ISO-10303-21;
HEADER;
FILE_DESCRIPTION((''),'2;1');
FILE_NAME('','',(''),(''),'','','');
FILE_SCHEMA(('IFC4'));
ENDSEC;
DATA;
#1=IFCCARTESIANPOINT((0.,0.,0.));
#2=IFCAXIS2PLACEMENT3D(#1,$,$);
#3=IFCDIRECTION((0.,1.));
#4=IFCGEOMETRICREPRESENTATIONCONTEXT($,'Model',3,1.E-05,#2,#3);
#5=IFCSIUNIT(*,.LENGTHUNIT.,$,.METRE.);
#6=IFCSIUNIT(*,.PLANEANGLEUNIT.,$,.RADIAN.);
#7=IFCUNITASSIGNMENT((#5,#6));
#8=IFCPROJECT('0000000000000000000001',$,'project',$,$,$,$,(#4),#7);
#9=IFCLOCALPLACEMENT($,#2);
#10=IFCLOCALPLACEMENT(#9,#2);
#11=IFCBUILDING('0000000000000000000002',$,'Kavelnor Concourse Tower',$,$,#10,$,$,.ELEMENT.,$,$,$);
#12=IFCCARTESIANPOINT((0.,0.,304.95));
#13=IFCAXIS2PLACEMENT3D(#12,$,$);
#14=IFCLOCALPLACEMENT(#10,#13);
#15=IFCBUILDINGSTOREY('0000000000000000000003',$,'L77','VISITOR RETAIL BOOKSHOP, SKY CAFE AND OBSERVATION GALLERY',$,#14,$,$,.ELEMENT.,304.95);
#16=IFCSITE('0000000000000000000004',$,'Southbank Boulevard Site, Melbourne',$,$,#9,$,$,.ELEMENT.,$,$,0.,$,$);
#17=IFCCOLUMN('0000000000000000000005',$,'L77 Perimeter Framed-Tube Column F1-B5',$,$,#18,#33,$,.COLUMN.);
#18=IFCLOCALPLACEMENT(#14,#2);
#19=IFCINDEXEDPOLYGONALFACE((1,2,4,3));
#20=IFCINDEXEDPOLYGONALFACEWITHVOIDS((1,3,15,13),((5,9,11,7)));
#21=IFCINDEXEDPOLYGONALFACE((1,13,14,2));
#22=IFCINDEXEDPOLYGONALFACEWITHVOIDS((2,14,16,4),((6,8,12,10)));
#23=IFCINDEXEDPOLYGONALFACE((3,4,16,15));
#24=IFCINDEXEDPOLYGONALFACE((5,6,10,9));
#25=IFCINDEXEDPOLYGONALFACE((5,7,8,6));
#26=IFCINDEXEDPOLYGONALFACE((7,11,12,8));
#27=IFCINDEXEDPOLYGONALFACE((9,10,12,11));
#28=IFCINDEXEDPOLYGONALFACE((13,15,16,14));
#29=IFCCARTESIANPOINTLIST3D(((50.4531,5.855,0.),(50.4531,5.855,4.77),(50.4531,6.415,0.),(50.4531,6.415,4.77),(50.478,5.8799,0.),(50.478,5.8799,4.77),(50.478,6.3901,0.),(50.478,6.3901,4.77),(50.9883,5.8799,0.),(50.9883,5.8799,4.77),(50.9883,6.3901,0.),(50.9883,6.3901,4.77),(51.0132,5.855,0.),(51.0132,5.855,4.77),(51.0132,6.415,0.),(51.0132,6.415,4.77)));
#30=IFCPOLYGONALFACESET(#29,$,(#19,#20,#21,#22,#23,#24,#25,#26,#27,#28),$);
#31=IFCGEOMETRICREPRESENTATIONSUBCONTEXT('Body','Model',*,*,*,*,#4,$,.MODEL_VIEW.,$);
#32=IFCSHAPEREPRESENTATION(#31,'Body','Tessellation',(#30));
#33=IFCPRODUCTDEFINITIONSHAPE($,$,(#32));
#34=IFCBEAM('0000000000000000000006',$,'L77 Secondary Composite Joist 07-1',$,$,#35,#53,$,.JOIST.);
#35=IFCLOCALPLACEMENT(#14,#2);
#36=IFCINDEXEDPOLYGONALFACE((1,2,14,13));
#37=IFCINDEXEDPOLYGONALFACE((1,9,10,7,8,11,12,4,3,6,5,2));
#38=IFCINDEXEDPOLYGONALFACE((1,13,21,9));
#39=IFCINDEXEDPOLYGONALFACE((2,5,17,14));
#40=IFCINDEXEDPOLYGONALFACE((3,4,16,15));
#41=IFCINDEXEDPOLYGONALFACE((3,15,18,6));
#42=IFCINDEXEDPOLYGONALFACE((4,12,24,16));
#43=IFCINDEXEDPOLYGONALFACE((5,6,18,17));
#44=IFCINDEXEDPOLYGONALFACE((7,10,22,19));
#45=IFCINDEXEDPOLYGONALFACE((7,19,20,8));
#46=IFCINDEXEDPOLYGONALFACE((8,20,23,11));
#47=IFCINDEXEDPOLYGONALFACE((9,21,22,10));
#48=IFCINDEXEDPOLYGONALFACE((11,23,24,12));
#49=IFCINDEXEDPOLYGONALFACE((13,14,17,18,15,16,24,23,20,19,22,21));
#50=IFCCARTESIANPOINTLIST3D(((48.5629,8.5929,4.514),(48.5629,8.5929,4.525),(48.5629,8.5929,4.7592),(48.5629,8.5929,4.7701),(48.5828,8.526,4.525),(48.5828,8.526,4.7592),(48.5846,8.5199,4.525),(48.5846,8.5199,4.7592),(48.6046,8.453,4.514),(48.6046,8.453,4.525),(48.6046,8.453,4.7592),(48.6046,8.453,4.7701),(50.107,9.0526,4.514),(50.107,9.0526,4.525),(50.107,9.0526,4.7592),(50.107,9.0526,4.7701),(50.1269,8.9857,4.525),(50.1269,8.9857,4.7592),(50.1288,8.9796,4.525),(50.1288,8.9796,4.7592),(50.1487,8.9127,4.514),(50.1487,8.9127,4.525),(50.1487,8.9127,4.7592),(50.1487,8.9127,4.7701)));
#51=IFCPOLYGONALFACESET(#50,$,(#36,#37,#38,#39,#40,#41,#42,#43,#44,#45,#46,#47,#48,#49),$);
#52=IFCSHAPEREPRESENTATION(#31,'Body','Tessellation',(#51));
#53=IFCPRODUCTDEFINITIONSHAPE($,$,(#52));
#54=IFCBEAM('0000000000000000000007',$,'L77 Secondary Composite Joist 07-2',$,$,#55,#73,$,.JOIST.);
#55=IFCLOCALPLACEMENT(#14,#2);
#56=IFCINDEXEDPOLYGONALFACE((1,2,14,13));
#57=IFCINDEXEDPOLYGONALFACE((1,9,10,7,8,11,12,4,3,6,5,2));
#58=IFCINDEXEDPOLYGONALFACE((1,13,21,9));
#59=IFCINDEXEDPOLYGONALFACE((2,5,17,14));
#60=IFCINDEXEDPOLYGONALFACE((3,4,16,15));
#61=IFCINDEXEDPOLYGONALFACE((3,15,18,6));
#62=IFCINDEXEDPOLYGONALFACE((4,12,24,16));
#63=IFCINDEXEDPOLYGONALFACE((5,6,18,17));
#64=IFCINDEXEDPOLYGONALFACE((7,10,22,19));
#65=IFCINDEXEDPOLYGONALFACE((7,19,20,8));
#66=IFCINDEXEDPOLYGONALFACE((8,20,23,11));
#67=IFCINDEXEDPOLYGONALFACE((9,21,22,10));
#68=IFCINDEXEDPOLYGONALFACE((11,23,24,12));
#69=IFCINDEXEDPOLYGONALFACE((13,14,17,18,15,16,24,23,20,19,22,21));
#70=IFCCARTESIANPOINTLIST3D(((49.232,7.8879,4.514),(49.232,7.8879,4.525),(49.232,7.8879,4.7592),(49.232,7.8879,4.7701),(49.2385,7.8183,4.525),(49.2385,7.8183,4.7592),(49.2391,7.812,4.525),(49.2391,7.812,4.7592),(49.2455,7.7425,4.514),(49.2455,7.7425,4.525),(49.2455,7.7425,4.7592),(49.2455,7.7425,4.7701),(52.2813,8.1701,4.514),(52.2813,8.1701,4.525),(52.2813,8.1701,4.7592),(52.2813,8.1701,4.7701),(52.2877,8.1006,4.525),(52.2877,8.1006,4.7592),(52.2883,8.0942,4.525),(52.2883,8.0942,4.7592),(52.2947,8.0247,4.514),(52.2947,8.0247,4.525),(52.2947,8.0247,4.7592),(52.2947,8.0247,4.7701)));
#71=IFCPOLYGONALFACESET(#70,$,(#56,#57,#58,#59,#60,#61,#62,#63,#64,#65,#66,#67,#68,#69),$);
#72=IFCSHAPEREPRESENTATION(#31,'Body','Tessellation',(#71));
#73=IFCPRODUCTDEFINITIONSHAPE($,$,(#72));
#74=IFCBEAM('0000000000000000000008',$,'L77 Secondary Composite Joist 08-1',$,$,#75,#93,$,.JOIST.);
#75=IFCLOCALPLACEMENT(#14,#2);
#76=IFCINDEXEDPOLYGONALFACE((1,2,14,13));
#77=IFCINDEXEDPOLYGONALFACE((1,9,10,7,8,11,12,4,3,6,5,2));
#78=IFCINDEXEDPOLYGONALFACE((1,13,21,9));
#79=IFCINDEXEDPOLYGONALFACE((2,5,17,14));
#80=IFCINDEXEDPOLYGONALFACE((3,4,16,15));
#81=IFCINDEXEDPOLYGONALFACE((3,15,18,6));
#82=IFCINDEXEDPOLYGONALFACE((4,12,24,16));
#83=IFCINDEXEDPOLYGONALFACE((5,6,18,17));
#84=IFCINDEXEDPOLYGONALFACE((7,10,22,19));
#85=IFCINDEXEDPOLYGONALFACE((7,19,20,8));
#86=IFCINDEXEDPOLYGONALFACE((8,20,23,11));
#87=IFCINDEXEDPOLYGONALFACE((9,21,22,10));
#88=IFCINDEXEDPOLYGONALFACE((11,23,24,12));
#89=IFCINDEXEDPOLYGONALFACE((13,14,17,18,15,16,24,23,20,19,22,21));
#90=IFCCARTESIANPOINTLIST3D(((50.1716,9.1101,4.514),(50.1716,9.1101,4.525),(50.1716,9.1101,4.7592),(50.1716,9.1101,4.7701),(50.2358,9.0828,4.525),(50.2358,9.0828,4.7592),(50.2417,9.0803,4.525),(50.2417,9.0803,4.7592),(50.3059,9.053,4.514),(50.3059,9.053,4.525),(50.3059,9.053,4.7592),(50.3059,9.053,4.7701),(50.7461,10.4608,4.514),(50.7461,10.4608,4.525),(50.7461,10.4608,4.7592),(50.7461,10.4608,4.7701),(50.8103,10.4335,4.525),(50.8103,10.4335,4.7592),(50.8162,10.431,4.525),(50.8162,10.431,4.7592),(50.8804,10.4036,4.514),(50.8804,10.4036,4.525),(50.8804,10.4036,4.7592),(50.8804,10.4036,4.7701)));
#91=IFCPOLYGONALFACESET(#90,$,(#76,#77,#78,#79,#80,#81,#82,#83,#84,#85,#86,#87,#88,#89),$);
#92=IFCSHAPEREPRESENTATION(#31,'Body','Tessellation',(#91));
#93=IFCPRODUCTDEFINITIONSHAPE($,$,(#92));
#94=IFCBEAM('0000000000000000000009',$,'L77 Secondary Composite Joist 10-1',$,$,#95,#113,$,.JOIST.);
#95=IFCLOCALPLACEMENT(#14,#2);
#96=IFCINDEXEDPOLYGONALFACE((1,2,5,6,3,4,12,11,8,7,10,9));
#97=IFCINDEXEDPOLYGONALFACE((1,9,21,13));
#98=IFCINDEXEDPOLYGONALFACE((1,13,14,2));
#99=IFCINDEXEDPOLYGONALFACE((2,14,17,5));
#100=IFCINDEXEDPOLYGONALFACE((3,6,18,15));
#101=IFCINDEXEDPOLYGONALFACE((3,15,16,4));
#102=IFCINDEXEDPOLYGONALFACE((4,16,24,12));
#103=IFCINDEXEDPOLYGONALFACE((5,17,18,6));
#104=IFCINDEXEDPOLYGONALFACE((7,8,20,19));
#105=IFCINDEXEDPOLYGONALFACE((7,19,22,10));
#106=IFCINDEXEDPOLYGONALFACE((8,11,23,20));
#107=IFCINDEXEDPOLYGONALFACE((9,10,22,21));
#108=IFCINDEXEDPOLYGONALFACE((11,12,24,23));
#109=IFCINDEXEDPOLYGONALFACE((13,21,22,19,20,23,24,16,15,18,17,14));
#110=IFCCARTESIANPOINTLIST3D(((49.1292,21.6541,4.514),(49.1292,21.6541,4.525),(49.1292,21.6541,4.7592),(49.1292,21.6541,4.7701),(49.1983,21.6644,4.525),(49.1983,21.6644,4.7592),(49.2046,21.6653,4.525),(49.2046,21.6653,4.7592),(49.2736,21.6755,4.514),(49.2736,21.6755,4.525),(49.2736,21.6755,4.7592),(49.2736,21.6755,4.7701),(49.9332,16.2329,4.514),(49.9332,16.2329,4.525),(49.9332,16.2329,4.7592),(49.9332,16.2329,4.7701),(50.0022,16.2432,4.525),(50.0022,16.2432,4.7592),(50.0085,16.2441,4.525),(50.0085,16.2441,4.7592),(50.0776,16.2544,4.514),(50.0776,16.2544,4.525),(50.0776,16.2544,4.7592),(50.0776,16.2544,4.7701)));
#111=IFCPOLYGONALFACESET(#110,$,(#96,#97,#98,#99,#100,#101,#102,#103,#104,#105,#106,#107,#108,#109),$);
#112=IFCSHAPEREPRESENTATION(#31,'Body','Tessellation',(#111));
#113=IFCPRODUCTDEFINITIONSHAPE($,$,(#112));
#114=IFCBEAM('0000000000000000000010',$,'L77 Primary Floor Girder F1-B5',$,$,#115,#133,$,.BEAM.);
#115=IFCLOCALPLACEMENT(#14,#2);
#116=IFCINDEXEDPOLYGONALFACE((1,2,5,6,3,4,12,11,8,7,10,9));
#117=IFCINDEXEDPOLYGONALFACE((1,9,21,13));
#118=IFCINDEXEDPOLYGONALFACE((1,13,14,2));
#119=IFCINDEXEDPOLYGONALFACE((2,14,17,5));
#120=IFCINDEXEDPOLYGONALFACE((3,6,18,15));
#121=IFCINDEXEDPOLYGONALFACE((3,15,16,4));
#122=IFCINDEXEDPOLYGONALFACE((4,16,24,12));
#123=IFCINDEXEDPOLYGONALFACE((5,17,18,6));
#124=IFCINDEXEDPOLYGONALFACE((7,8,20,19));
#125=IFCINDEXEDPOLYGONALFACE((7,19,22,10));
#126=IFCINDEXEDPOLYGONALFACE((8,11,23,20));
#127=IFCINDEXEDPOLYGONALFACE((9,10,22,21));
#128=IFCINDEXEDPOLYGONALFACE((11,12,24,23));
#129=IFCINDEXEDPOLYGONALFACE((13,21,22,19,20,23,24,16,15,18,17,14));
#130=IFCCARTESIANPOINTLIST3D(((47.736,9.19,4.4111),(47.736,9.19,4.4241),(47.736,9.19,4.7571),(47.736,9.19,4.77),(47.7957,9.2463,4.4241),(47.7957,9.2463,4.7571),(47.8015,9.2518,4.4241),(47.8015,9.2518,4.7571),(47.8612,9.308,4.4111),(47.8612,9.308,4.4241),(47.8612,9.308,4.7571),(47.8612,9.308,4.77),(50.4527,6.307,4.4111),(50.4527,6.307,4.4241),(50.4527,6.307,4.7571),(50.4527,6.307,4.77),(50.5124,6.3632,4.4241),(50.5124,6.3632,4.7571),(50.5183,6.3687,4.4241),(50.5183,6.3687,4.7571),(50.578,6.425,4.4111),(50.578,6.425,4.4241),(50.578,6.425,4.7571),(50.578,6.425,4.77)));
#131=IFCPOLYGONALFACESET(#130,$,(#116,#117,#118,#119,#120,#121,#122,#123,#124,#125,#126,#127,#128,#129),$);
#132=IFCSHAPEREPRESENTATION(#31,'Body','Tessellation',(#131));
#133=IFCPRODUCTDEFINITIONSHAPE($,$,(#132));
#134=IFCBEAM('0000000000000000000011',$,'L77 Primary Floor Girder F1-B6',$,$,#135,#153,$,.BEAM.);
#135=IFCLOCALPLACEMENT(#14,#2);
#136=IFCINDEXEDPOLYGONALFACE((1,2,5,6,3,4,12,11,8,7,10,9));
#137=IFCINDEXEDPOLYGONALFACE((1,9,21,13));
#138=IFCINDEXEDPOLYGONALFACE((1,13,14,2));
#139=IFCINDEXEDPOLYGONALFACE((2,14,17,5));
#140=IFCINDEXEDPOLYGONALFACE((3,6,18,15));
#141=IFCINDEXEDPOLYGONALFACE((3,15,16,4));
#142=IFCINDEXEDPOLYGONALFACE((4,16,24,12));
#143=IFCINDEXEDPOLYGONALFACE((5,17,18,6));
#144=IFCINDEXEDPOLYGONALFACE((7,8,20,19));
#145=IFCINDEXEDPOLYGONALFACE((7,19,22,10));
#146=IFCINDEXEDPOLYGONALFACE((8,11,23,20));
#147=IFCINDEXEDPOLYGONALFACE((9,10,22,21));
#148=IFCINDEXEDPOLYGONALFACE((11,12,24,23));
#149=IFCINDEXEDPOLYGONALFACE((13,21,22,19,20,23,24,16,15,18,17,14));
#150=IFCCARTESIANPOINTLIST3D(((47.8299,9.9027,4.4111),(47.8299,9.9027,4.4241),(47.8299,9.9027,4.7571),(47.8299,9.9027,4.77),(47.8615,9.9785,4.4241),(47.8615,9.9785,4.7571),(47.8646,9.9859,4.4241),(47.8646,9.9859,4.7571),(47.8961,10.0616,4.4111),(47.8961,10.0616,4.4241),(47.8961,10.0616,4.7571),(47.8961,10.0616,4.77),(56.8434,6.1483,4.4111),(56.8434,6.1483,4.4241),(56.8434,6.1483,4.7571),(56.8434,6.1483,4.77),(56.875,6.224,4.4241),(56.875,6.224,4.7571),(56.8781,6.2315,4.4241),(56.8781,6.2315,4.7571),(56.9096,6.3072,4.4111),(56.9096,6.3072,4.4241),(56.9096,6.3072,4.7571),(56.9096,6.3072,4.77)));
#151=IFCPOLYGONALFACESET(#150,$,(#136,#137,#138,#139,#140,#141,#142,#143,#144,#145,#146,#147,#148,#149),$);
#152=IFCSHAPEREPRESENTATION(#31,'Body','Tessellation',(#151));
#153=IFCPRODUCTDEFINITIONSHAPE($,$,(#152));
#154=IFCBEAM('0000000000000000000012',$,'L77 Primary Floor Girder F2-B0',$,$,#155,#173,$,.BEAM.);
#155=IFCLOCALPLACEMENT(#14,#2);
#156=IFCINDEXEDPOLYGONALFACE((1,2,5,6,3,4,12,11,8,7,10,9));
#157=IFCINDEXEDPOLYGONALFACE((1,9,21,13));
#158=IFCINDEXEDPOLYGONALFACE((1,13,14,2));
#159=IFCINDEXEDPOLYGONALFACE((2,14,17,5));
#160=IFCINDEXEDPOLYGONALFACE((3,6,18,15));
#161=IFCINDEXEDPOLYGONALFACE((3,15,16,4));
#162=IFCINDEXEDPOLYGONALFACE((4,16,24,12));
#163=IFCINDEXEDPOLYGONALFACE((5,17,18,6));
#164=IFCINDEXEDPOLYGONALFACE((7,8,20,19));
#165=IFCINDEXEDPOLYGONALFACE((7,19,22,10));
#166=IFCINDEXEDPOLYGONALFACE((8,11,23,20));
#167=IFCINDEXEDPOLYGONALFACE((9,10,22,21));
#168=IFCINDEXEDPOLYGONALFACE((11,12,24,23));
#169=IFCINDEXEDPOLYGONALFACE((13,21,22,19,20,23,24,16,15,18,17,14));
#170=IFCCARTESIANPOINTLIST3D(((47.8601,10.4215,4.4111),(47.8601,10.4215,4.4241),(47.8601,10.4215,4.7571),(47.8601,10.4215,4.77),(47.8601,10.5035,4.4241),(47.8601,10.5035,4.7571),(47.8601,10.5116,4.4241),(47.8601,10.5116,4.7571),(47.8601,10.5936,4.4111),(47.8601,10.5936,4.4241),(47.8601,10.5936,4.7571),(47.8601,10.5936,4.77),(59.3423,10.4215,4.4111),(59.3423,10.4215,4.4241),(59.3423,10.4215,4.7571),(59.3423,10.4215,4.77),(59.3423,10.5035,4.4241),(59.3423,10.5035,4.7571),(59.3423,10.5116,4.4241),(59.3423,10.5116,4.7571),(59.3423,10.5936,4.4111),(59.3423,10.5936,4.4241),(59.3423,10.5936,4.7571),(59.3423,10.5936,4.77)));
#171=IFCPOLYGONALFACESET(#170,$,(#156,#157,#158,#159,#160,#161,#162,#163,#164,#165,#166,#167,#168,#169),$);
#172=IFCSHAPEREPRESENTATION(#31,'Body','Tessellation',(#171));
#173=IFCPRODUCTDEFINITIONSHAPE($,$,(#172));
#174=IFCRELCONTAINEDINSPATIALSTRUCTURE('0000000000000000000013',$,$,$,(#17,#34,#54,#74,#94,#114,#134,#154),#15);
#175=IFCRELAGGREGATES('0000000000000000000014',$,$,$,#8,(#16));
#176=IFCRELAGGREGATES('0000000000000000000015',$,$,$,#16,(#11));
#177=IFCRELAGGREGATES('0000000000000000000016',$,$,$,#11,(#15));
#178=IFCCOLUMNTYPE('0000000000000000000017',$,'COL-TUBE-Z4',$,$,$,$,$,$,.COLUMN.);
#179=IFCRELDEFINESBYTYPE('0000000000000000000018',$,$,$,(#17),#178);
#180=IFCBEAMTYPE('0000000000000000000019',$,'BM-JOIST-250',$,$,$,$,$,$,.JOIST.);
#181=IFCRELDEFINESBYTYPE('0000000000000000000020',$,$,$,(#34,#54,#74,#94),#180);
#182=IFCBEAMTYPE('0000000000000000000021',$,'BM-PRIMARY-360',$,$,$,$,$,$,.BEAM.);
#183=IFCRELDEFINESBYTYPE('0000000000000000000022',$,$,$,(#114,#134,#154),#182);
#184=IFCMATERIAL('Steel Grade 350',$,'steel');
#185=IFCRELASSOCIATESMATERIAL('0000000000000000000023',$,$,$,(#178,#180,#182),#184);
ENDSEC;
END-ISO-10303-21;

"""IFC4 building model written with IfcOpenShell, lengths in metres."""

from ifc_helpers import new_model, si_unit, direction, frame, origin, origin_2d, place, context, subcontext, project, spatial, hollow_rectangle, i_section, extrude, material, material_profile, profile_set, type_object, element, save


model = new_model("IFC4")

# Units and contexts
model_context = context("Model", 3, precision=1e-05, world=origin(), true_north=direction((0.0, 1.0)))
body_context = subcontext(model_context, "Body", "Model", "MODEL_VIEW")
ifc_project = project(units=[si_unit("LENGTHUNIT", "METRE"), si_unit("PLANEANGLEUNIT", "RADIAN")], contexts=[model_context])

# Site, building, storey
site_placement = place(None, origin())
site = spatial("IfcSite", under=ifc_project, at=site_placement, Name="Southbank Boulevard Site, Melbourne", CompositionType="ELEMENT", RefElevation=0.0)
building_placement = place(site_placement, origin())
building = spatial("IfcBuilding", under=site, at=building_placement, Name="Kavelnor Concourse Tower", CompositionType="ELEMENT")
storey_placement = place(building_placement, frame((0.0, 0.0, 304.95)))
storey = spatial("IfcBuildingStorey", under=building, at=storey_placement, Name="L77", Description="VISITOR RETAIL BOOKSHOP, SKY CAFE AND OBSERVATION GALLERY", CompositionType="ELEMENT", Elevation=304.95)

# Column
ifc_material_1 = material(Name="Steel Grade 350", Category="steel")
ifc_material_profile_1 = material_profile(ifc_material_1, hollow_rectangle(XDim=0.5601, YDim=0.5601, WallThickness=0.0249, at=origin_2d()), Name="SHS 560x560x25")
ifc_profile_set_1 = profile_set([ifc_material_profile_1], Name="Steel Grade 350")
column_type = type_object("IfcColumnType", Name="COL-TUBE-Z4", PredefinedType="COLUMN", material=ifc_profile_set_1)
column_placement = place(storey_placement, frame((50.7332, 6.135, 0.0), z_axis=(0.0, 0.0, 1.0), x_axis=(1.0, 0.0, 0.0)))
element("IfcColumn", 1, at=column_placement, inside=storey, type_object=column_type, Name="L77 Perimeter Framed-Tube Column F1-B5", PredefinedType="COLUMN", context=body_context, shape_type="SweptSolid", body=[
    extrude(hollow_rectangle(XDim=0.5601, YDim=0.5601, WallThickness=0.0249, at=origin_2d()), origin(), (0.0, 0.0, 1.0), 4.77),
])

# Beams
ifc_material_profile_2 = material_profile(ifc_material_1, i_section(OverallWidth=0.146, OverallDepth=0.2561, WebThickness=0.0063, FlangeThickness=0.011, at=origin_2d()), Name="250UB37")
ifc_profile_set_2 = profile_set([ifc_material_profile_2], Name="Steel Grade 350")
beam_type_1 = type_object("IfcBeamType", Name="BM-JOIST-250", PredefinedType="JOIST", material=ifc_profile_set_2)
beam_1_placement = place(storey_placement, frame((48.5837, 8.5229, 4.6421), z_axis=(0.958429, 0.285331, 0.0), x_axis=(-0.285331, 0.958429, 0.0)))
element("IfcBeam", 2, at=beam_1_placement, inside=storey, type_object=beam_type_1, Name="L77 Secondary Composite Joist 07-1", PredefinedType="JOIST", context=body_context, shape_type="SweptSolid", body=[
    extrude(i_section(OverallWidth=0.146, OverallDepth=0.2561, WebThickness=0.0063, FlangeThickness=0.011, at=origin_2d()), origin(), (0.0, 0.0, 1.0), 1.6111),
])
beam_2_placement = place(storey_placement, frame((49.2388, 7.8152, 4.6421), z_axis=(0.995744, 0.09216, 0.0), x_axis=(-0.09216, 0.995744, 0.0)))
element("IfcBeam", 3, at=beam_2_placement, inside=storey, type_object=beam_type_1, Name="L77 Secondary Composite Joist 07-2", PredefinedType="JOIST", context=body_context, shape_type="SweptSolid", body=[
    extrude(i_section(OverallWidth=0.146, OverallDepth=0.2561, WebThickness=0.0063, FlangeThickness=0.011, at=origin_2d()), origin(), (0.0, 0.0, 1.0), 3.0623),
])
beam_3_placement = place(storey_placement, frame((50.2388, 9.0815, 4.6421), z_axis=(0.391408, 0.920217, 0.0), x_axis=(-0.920217, 0.391408, 0.0)))
element("IfcBeam", 4, at=beam_3_placement, inside=storey, type_object=beam_type_1, Name="L77 Secondary Composite Joist 08-1", PredefinedType="JOIST", context=body_context, shape_type="SweptSolid", body=[
    extrude(i_section(OverallWidth=0.146, OverallDepth=0.2561, WebThickness=0.0063, FlangeThickness=0.011, at=origin_2d()), origin(), (0.0, 0.0, 1.0), 1.4678),
])
beam_4_placement = place(storey_placement, frame((50.0054, 16.2437, 4.6421), z_axis=(-0.146696, 0.989182, 0.0), x_axis=(-0.989182, -0.146696, 0.0)))
element("IfcBeam", 5, at=beam_4_placement, inside=storey, type_object=beam_type_1, Name="L77 Secondary Composite Joist 10-1", PredefinedType="JOIST", context=body_context, shape_type="SweptSolid", body=[
    extrude(i_section(OverallWidth=0.146, OverallDepth=0.2561, WebThickness=0.0063, FlangeThickness=0.011, at=origin_2d()), origin(), (0.0, 0.0, 1.0), 5.4805),
])
ifc_material_profile_3 = material_profile(ifc_material_1, i_section(OverallWidth=0.1721, OverallDepth=0.3589, WebThickness=0.0081, FlangeThickness=0.0129, at=origin_2d()), Name="360UB56")
ifc_profile_set_3 = profile_set([ifc_material_profile_3], Name="Steel Grade 350")
beam_type_2 = type_object("IfcBeamType", Name="BM-PRIMARY-360", PredefinedType="BEAM", material=ifc_profile_set_3)
beam_5_placement = place(storey_placement, frame((47.7986, 9.249, 4.5906), z_axis=(0.685811, -0.72778, 0.0), x_axis=(0.72778, 0.685811, 0.0)))
element("IfcBeam", 6, at=beam_5_placement, inside=storey, type_object=beam_type_2, Name="L77 Primary Floor Girder F1-B5", PredefinedType="BEAM", context=body_context, shape_type="SweptSolid", body=[
    extrude(i_section(OverallWidth=0.1721, OverallDepth=0.3589, WebThickness=0.0081, FlangeThickness=0.0129, at=origin_2d()), origin(), (0.0, 0.0, 1.0), 3.9614),
])
beam_6_placement = place(storey_placement, frame((47.863, 9.9822, 4.5906), z_axis=(0.923121, -0.384511, 0.0), x_axis=(0.384511, 0.923121, 0.0)))
element("IfcBeam", 7, at=beam_6_placement, inside=storey, type_object=beam_type_2, Name="L77 Primary Floor Girder F1-B6", PredefinedType="BEAM", context=body_context, shape_type="SweptSolid", body=[
    extrude(i_section(OverallWidth=0.1721, OverallDepth=0.3589, WebThickness=0.0081, FlangeThickness=0.0129, at=origin_2d()), origin(), (0.0, 0.0, 1.0), 9.7642),
])
beam_7_placement = place(storey_placement, frame((47.8601, 10.5076, 4.5906), z_axis=(1.0, 0.0, 0.0), x_axis=(0.0, 1.0, 0.0)))
element("IfcBeam", 8, at=beam_7_placement, inside=storey, type_object=beam_type_2, Name="L77 Primary Floor Girder F2-B0", PredefinedType="BEAM", context=body_context, shape_type="SweptSolid", body=[
    extrude(i_section(OverallWidth=0.1721, OverallDepth=0.3589, WebThickness=0.0081, FlangeThickness=0.0129, at=origin_2d()), origin(), (0.0, 0.0, 1.0), 11.4822),
])

save(model, "model.ifc")
